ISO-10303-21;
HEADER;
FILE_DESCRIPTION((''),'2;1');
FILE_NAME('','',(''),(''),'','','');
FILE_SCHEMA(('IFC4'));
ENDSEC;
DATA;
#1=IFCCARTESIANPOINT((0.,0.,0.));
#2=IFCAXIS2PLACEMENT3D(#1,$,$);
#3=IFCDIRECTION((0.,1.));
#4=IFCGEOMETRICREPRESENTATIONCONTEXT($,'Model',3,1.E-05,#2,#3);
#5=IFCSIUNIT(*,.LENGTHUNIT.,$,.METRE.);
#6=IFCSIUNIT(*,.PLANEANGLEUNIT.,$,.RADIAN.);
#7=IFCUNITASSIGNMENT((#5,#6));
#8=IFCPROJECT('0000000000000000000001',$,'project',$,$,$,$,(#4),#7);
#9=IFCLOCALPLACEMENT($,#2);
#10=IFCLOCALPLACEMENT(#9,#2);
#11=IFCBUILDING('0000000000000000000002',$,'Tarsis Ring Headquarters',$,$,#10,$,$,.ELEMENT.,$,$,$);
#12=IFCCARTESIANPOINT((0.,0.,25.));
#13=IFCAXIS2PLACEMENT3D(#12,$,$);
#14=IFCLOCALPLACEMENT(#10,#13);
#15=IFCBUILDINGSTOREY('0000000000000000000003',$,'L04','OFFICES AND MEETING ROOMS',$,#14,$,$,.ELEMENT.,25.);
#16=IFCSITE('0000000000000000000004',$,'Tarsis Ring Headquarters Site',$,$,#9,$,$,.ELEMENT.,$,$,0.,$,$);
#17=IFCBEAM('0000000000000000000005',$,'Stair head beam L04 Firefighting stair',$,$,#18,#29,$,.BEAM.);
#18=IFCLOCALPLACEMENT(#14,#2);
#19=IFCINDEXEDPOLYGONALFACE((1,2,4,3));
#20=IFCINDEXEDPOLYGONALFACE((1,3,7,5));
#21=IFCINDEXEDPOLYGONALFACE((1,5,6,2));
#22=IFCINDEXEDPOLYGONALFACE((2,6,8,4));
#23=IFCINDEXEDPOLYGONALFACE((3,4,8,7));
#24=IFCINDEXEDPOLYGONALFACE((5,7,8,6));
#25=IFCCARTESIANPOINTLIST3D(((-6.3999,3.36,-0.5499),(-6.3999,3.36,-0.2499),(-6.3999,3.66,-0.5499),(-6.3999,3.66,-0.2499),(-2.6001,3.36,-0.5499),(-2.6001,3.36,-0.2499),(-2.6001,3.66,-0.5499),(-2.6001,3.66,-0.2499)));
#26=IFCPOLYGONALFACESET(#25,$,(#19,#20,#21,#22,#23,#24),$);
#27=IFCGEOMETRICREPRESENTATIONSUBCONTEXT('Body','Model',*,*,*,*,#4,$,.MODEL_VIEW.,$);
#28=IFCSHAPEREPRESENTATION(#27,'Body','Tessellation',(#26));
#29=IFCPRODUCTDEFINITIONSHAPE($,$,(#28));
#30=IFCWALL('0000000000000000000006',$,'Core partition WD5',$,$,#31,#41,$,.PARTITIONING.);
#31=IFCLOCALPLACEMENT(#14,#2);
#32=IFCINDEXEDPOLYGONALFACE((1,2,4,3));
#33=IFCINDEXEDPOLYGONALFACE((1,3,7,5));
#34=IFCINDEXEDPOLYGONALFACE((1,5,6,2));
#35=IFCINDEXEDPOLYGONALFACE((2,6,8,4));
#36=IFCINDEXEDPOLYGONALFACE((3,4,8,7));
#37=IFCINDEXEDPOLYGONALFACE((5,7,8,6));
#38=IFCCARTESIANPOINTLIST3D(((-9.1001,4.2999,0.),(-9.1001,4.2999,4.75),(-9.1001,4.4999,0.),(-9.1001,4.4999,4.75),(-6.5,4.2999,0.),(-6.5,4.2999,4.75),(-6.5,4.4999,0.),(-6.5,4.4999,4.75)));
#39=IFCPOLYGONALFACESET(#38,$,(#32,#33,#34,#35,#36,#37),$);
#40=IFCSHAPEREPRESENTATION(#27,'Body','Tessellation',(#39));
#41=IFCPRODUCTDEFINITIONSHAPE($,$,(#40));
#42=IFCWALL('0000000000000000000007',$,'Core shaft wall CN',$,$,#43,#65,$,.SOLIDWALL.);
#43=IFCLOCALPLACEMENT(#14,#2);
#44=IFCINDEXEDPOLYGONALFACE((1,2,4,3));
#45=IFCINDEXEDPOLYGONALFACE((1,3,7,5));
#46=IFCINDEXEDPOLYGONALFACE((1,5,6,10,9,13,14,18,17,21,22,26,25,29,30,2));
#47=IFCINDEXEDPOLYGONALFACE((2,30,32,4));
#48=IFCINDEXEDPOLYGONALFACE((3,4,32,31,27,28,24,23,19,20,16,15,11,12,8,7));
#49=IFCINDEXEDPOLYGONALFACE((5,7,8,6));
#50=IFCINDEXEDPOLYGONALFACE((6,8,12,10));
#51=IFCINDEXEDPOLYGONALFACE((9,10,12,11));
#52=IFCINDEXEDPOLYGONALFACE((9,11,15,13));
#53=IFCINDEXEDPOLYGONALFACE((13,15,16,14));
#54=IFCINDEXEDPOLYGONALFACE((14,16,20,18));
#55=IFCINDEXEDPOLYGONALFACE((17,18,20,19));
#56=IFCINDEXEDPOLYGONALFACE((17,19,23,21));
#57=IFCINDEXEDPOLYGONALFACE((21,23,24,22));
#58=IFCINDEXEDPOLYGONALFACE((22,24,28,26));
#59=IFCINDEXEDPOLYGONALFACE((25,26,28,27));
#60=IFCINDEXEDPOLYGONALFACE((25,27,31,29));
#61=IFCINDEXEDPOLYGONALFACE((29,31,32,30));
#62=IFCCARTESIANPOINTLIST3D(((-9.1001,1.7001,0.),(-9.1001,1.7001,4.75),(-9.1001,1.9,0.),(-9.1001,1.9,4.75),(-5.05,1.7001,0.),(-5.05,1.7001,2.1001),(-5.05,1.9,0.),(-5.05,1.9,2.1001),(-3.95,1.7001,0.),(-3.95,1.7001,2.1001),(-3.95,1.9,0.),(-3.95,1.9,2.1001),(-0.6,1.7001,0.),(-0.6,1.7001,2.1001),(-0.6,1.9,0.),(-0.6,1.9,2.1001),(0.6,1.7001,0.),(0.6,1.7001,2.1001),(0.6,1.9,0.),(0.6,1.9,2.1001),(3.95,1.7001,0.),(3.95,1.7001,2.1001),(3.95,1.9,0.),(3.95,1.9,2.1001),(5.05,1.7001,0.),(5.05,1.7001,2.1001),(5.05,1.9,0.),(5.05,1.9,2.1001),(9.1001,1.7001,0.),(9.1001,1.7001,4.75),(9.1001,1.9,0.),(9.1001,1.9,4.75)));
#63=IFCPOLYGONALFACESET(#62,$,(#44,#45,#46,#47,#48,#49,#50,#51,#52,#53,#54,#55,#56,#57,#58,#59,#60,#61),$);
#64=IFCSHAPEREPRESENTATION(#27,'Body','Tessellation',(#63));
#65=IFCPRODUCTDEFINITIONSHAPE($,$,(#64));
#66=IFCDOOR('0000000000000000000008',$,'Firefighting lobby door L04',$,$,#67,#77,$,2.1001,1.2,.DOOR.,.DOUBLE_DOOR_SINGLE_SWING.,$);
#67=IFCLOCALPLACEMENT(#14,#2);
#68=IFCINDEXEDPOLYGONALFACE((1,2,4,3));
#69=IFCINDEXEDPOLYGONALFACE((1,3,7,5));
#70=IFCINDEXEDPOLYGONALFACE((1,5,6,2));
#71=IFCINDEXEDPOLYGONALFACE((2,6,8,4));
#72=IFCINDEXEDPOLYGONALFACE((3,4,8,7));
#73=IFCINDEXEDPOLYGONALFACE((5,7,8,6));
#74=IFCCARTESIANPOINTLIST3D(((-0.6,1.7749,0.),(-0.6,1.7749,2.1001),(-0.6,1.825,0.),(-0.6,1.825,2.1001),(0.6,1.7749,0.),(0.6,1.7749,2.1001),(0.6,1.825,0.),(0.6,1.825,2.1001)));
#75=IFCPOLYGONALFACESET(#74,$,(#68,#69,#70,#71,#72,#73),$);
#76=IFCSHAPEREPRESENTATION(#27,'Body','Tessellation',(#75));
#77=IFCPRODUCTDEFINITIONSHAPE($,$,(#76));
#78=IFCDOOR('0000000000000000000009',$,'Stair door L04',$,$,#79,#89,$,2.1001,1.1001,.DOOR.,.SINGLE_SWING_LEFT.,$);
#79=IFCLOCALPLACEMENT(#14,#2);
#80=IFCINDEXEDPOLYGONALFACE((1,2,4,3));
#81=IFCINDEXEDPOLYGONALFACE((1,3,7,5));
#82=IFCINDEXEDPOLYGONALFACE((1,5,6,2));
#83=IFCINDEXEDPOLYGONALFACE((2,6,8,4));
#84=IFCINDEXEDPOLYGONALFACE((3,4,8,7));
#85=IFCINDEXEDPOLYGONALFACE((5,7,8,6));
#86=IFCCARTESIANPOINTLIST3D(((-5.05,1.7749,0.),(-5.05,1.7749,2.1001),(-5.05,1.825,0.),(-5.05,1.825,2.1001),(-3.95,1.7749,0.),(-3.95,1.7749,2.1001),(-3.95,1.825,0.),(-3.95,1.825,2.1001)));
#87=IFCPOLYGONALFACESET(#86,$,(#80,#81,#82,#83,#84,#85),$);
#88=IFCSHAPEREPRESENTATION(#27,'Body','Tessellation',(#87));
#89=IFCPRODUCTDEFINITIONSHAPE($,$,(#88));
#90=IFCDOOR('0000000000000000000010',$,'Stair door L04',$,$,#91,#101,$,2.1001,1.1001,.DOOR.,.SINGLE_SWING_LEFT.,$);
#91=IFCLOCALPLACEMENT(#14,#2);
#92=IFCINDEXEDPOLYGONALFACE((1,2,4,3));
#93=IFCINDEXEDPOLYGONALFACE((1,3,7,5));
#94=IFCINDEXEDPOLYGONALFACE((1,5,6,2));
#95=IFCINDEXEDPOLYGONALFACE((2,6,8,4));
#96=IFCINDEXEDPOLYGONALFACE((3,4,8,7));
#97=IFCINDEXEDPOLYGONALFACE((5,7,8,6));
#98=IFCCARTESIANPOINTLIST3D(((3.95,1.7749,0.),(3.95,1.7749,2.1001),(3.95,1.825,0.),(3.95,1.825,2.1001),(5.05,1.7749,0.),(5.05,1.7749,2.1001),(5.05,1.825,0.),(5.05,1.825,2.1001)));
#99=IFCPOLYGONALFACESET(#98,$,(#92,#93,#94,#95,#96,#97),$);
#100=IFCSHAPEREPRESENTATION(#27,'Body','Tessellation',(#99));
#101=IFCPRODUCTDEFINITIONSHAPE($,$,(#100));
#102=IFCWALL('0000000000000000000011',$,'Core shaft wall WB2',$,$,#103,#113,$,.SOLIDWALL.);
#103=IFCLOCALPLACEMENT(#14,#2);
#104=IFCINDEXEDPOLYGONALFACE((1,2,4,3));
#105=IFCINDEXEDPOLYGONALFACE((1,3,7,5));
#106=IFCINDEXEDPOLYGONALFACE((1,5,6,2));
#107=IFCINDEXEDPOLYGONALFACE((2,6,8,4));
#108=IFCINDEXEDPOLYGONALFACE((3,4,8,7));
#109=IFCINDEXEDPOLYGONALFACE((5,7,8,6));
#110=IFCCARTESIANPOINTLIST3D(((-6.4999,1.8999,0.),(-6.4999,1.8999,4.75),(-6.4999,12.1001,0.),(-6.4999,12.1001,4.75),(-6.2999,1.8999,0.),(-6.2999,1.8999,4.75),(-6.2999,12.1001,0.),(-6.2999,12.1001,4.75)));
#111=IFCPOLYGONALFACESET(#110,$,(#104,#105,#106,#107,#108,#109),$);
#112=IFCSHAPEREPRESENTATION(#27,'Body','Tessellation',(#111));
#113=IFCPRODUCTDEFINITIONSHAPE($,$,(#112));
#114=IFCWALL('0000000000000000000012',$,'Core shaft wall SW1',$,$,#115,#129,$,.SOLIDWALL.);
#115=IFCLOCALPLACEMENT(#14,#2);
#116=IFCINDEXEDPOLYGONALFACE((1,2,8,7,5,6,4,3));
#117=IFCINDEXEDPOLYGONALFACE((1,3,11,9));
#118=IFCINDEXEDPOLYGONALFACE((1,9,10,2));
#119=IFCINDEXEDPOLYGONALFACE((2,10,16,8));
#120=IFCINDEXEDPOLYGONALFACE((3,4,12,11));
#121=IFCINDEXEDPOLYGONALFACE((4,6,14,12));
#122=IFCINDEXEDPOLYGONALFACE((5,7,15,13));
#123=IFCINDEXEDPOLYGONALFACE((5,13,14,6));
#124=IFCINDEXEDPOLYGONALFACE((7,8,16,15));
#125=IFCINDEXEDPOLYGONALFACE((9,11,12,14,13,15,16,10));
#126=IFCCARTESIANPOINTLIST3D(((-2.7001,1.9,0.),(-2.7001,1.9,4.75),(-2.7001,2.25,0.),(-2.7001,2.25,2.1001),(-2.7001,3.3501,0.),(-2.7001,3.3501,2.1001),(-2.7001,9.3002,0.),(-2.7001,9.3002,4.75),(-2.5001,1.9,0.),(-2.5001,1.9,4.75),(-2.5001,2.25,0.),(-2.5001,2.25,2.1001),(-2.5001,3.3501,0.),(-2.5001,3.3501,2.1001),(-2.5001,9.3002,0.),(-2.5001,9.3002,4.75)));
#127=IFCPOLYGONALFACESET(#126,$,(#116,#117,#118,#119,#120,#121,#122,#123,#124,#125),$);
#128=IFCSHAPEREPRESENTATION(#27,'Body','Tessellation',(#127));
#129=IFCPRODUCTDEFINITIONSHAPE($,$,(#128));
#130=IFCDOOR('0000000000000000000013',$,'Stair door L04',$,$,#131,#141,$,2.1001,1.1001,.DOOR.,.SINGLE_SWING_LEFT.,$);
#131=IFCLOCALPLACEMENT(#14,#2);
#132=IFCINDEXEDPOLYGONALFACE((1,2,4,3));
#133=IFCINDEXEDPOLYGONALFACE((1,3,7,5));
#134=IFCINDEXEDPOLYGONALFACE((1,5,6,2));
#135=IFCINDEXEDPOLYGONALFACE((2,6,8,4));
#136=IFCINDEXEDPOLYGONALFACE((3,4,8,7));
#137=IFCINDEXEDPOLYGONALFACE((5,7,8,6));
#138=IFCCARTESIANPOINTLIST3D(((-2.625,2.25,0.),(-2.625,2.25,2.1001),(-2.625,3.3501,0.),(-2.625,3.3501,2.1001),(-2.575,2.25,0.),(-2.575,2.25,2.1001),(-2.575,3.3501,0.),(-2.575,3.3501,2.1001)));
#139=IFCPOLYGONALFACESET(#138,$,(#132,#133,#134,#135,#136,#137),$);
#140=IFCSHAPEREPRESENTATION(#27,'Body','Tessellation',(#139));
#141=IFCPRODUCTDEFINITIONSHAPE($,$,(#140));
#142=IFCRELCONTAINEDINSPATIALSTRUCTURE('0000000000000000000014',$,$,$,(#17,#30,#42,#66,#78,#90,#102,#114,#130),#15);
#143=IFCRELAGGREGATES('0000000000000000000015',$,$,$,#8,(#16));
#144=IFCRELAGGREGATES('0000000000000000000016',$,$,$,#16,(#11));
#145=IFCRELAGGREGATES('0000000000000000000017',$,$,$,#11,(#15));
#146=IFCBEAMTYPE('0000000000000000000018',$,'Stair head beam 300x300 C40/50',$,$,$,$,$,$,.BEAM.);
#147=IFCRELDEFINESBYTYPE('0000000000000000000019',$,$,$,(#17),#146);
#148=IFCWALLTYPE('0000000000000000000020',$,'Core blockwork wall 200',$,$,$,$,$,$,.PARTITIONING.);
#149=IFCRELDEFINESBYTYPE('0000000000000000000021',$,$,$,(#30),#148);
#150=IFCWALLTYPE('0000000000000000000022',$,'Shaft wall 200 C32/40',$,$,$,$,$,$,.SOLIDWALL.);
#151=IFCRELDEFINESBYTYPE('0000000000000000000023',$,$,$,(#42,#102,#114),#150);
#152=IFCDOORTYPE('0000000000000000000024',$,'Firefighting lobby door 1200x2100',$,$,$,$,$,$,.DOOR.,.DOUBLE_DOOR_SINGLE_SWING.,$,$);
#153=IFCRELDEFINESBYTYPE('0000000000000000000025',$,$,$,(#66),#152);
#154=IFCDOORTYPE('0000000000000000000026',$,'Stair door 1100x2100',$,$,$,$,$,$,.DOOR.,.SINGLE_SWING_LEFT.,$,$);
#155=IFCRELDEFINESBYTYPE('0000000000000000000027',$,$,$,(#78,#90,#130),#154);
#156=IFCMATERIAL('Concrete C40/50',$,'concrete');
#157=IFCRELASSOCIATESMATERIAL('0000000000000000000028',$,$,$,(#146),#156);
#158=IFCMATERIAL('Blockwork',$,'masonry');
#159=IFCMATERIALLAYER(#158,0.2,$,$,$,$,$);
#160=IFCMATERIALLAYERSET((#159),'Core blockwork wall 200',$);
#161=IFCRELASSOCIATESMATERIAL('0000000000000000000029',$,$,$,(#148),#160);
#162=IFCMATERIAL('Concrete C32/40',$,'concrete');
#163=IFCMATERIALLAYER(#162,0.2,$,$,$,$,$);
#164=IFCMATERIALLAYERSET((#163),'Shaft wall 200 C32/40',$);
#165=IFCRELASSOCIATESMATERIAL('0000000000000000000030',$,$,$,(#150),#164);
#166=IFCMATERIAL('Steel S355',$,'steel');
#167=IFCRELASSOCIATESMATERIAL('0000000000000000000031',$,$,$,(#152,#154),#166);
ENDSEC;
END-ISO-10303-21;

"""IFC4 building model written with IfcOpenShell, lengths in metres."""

from ifc_helpers import new_model, si_unit, direction, frame, frame_2d, origin, origin_2d, place, context, subcontext, project, spatial, rectangle, extrude, material, layer, layer_set, material_profile, profile_set, type_object, element, fill, save


model = new_model("IFC4")

# Units and contexts
model_context = context("Model", 3, precision=1e-05, world=origin(), true_north=direction((0.0, 1.0)))
body_context = subcontext(model_context, "Body", "Model", "MODEL_VIEW")
ifc_project = project(units=[si_unit("LENGTHUNIT", "METRE"), si_unit("PLANEANGLEUNIT", "RADIAN")], contexts=[model_context])

# Site, building, storey
site_placement = place(None, origin())
site = spatial("IfcSite", under=ifc_project, at=site_placement, Name="Tarsis Ring Headquarters Site", CompositionType="ELEMENT", RefElevation=0.0)
building_placement = place(site_placement, origin())
building = spatial("IfcBuilding", under=site, at=building_placement, Name="Tarsis Ring Headquarters", CompositionType="ELEMENT")
storey_placement = place(building_placement, frame((0.0, 0.0, 25.0)))
storey = spatial("IfcBuildingStorey", under=building, at=storey_placement, Name="L04", Description="OFFICES AND MEETING ROOMS", CompositionType="ELEMENT", Elevation=25.0)

# Beam
ifc_material_1 = material(Name="Concrete C40/50", Category="concrete")
ifc_material_profile = material_profile(ifc_material_1, rectangle(XDim=0.3, YDim=0.3, at=origin_2d()), Name="Stair head beam 300x300 C40/50")
ifc_profile_set = profile_set([ifc_material_profile], Name="Concrete C40/50")
beam_type = type_object("IfcBeamType", Name="Stair head beam 300x300 C40/50", PredefinedType="BEAM", material=ifc_profile_set)
beam_placement = place(storey_placement, frame((-6.3999, 3.51, -0.3999), z_axis=(1.0, 0.0, 0.0), x_axis=(0.0, 1.0, 0.0)))
element("IfcBeam", 1, at=beam_placement, inside=storey, type_object=beam_type, Name="Stair head beam L04 Firefighting stair", PredefinedType="BEAM", context=body_context, shape_type="SweptSolid", body=[
    extrude(rectangle(XDim=0.3, YDim=0.3, at=origin_2d()), origin(), (0.0, 0.0, 1.0), 3.7998),
])

# Wall
ifc_material_2 = material(Name="Blockwork", Category="masonry")
ifc_layer_1 = layer(ifc_material_2, 0.2)
ifc_layer_set_1 = layer_set([ifc_layer_1], Name="Core blockwork wall 200")
wall_type_1 = type_object("IfcWallType", Name="Core blockwork wall 200", PredefinedType="PARTITIONING", material=ifc_layer_set_1)
wall_1_placement = place(storey_placement, frame((-9.1001, 4.3999, 0.0), z_axis=(0.0, 0.0, 1.0), x_axis=(1.0, 0.0, 0.0)))
element("IfcWall", 2, at=wall_1_placement, inside=storey, type_object=wall_type_1, Name="Core partition WD5", PredefinedType="PARTITIONING", context=body_context, shape_type="SweptSolid", body=[
    extrude(rectangle(XDim=2.6001, YDim=0.2, at=frame_2d((1.3, 0.0))), origin(), (0.0, 0.0, 1.0), 4.75),
])

# Wall, openings, doors
ifc_material_3 = material(Name="Concrete C32/40", Category="concrete")
ifc_layer_2 = layer(ifc_material_3, 0.2)
ifc_layer_set_2 = layer_set([ifc_layer_2], Name="Shaft wall 200 C32/40")
wall_type_2 = type_object("IfcWallType", Name="Shaft wall 200 C32/40", PredefinedType="SOLIDWALL", material=ifc_layer_set_2)
wall_2_placement = place(storey_placement, frame((-9.1001, 1.8, 0.0), z_axis=(0.0, 0.0, 1.0), x_axis=(1.0, 0.0, 0.0)))
wall_2 = element("IfcWall", 3, at=wall_2_placement, inside=storey, type_object=wall_type_2, Name="Core shaft wall CN", PredefinedType="SOLIDWALL", context=body_context, shape_type="SweptSolid", body=[
    extrude(rectangle(XDim=18.2002, YDim=0.2, at=frame_2d((9.1001, 0.0))), origin(), (0.0, 0.0, 1.0), 4.75),
])
opening_1_placement = place(wall_2_placement, frame((4.05, 0.0, 0.0)))
opening_1 = element("IfcOpeningElement", 4, at=opening_1_placement, cuts=wall_2, PredefinedType="OPENING", context=body_context, shape_type="SweptSolid", body=[
    extrude(rectangle(XDim=1.1001, YDim=2.1001, at=frame_2d((0.55, 1.05))), frame((0.0, 0.1099, 0.0), z_axis=(0.0, -1.0, 0.0), x_axis=(1.0, 0.0, 0.0)), (0.0, 0.0, 1.0), 0.22),
])
opening_2_placement = place(wall_2_placement, frame((8.5, 0.0, 0.0)))
opening_2 = element("IfcOpeningElement", 5, at=opening_2_placement, cuts=wall_2, PredefinedType="OPENING", context=body_context, shape_type="SweptSolid", body=[
    extrude(rectangle(XDim=1.2, YDim=2.1001, at=frame_2d((0.6001, 1.05))), frame((0.0, 0.1099, 0.0), z_axis=(0.0, -1.0, 0.0), x_axis=(1.0, 0.0, 0.0)), (0.0, 0.0, 1.0), 0.22),
])
opening_3_placement = place(wall_2_placement, frame((13.05, 0.0, 0.0)))
opening_3 = element("IfcOpeningElement", 6, at=opening_3_placement, cuts=wall_2, PredefinedType="OPENING", context=body_context, shape_type="SweptSolid", body=[
    extrude(rectangle(XDim=1.1001, YDim=2.1001, at=frame_2d((0.55, 1.05))), frame((0.0, 0.1099, 0.0), z_axis=(0.0, -1.0, 0.0), x_axis=(1.0, 0.0, 0.0)), (0.0, 0.0, 1.0), 0.22),
])
ifc_material_4 = material(Name="Steel S355", Category="steel")
door_type_1 = type_object("IfcDoorType", Name="Firefighting lobby door 1200x2100", OperationType="DOUBLE_DOOR_SINGLE_SWING", PredefinedType="DOOR", material=ifc_material_4)
door_1_placement = place(opening_2_placement, origin())
door_1 = element("IfcDoor", 7, at=door_1_placement, inside=storey, type_object=door_type_1, Name="Firefighting lobby door L04", OperationType="DOUBLE_DOOR_SINGLE_SWING", OverallHeight=2.1001, OverallWidth=1.2, PredefinedType="DOOR", context=body_context, shape_type="SweptSolid", body=[
    extrude(rectangle(XDim=1.2, YDim=2.1001, at=frame_2d((0.6001, 1.05))), frame((0.0, 0.0249, 0.0), z_axis=(0.0, -1.0, 0.0), x_axis=(1.0, 0.0, 0.0)), (0.0, 0.0, 1.0), 0.05),
])
fill(opening_2, door_1)
door_type_2 = type_object("IfcDoorType", Name="Stair door 1100x2100", OperationType="SINGLE_SWING_LEFT", PredefinedType="DOOR", material=ifc_material_4)
door_2_placement = place(opening_1_placement, origin())
door_2 = element("IfcDoor", 8, at=door_2_placement, inside=storey, type_object=door_type_2, Name="Stair door L04", OperationType="SINGLE_SWING_LEFT", OverallHeight=2.1001, OverallWidth=1.1001, PredefinedType="DOOR", context=body_context, shape_type="SweptSolid", body=[
    extrude(rectangle(XDim=1.1001, YDim=2.1001, at=frame_2d((0.55, 1.05))), frame((0.0, 0.0249, 0.0), z_axis=(0.0, -1.0, 0.0), x_axis=(1.0, 0.0, 0.0)), (0.0, 0.0, 1.0), 0.05),
])
fill(opening_1, door_2)
door_3_placement = place(opening_3_placement, origin())
door_3 = element("IfcDoor", 9, at=door_3_placement, inside=storey, type_object=door_type_2, Name="Stair door L04", OperationType="SINGLE_SWING_LEFT", OverallHeight=2.1001, OverallWidth=1.1001, PredefinedType="DOOR", context=body_context, shape_type="SweptSolid", body=[
    extrude(rectangle(XDim=1.1001, YDim=2.1001, at=frame_2d((0.55, 1.05))), frame((0.0, 0.0249, 0.0), z_axis=(0.0, -1.0, 0.0), x_axis=(1.0, 0.0, 0.0)), (0.0, 0.0, 1.0), 0.05),
])
fill(opening_3, door_3)

# Wall
wall_3_placement = place(storey_placement, frame((-6.3999, 1.8999, 0.0), z_axis=(0.0, 0.0, 1.0), x_axis=(0.0, 1.0, 0.0)))
element("IfcWall", 10, at=wall_3_placement, inside=storey, type_object=wall_type_2, Name="Core shaft wall WB2", PredefinedType="SOLIDWALL", context=body_context, shape_type="SweptSolid", body=[
    extrude(rectangle(XDim=10.2002, YDim=0.2, at=frame_2d((5.1001, 0.0))), origin(), (0.0, 0.0, 1.0), 4.75),
])

# Wall, opening, door
wall_4_placement = place(storey_placement, frame((-2.6001, 1.8999, 0.0), z_axis=(0.0, 0.0, 1.0), x_axis=(0.0, 1.0, 0.0)))
wall_4 = element("IfcWall", 11, at=wall_4_placement, inside=storey, type_object=wall_type_2, Name="Core shaft wall SW1", PredefinedType="SOLIDWALL", context=body_context, shape_type="SweptSolid", body=[
    extrude(rectangle(XDim=7.4001, YDim=0.2, at=frame_2d((3.7002, 0.0))), origin(), (0.0, 0.0, 1.0), 4.75),
])
opening_4_placement = place(wall_4_placement, frame((0.3501, 0.0, 0.0)))
opening_4 = element("IfcOpeningElement", 12, at=opening_4_placement, cuts=wall_4, PredefinedType="OPENING", context=body_context, shape_type="SweptSolid", body=[
    extrude(rectangle(XDim=1.1001, YDim=2.1001, at=frame_2d((0.55, 1.05))), frame((0.0, 0.1099, 0.0), z_axis=(0.0, -1.0, 0.0), x_axis=(1.0, 0.0, 0.0)), (0.0, 0.0, 1.0), 0.22),
])
door_4_placement = place(opening_4_placement, origin())
door_4 = element("IfcDoor", 13, at=door_4_placement, inside=storey, type_object=door_type_2, Name="Stair door L04", OperationType="SINGLE_SWING_LEFT", OverallHeight=2.1001, OverallWidth=1.1001, PredefinedType="DOOR", context=body_context, shape_type="SweptSolid", body=[
    extrude(rectangle(XDim=1.1001, YDim=2.1001, at=frame_2d((0.55, 1.05))), frame((0.0, 0.0249, 0.0), z_axis=(0.0, -1.0, 0.0), x_axis=(1.0, 0.0, 0.0)), (0.0, 0.0, 1.0), 0.05),
])
fill(opening_4, door_4)

save(model, "model.ifc")
